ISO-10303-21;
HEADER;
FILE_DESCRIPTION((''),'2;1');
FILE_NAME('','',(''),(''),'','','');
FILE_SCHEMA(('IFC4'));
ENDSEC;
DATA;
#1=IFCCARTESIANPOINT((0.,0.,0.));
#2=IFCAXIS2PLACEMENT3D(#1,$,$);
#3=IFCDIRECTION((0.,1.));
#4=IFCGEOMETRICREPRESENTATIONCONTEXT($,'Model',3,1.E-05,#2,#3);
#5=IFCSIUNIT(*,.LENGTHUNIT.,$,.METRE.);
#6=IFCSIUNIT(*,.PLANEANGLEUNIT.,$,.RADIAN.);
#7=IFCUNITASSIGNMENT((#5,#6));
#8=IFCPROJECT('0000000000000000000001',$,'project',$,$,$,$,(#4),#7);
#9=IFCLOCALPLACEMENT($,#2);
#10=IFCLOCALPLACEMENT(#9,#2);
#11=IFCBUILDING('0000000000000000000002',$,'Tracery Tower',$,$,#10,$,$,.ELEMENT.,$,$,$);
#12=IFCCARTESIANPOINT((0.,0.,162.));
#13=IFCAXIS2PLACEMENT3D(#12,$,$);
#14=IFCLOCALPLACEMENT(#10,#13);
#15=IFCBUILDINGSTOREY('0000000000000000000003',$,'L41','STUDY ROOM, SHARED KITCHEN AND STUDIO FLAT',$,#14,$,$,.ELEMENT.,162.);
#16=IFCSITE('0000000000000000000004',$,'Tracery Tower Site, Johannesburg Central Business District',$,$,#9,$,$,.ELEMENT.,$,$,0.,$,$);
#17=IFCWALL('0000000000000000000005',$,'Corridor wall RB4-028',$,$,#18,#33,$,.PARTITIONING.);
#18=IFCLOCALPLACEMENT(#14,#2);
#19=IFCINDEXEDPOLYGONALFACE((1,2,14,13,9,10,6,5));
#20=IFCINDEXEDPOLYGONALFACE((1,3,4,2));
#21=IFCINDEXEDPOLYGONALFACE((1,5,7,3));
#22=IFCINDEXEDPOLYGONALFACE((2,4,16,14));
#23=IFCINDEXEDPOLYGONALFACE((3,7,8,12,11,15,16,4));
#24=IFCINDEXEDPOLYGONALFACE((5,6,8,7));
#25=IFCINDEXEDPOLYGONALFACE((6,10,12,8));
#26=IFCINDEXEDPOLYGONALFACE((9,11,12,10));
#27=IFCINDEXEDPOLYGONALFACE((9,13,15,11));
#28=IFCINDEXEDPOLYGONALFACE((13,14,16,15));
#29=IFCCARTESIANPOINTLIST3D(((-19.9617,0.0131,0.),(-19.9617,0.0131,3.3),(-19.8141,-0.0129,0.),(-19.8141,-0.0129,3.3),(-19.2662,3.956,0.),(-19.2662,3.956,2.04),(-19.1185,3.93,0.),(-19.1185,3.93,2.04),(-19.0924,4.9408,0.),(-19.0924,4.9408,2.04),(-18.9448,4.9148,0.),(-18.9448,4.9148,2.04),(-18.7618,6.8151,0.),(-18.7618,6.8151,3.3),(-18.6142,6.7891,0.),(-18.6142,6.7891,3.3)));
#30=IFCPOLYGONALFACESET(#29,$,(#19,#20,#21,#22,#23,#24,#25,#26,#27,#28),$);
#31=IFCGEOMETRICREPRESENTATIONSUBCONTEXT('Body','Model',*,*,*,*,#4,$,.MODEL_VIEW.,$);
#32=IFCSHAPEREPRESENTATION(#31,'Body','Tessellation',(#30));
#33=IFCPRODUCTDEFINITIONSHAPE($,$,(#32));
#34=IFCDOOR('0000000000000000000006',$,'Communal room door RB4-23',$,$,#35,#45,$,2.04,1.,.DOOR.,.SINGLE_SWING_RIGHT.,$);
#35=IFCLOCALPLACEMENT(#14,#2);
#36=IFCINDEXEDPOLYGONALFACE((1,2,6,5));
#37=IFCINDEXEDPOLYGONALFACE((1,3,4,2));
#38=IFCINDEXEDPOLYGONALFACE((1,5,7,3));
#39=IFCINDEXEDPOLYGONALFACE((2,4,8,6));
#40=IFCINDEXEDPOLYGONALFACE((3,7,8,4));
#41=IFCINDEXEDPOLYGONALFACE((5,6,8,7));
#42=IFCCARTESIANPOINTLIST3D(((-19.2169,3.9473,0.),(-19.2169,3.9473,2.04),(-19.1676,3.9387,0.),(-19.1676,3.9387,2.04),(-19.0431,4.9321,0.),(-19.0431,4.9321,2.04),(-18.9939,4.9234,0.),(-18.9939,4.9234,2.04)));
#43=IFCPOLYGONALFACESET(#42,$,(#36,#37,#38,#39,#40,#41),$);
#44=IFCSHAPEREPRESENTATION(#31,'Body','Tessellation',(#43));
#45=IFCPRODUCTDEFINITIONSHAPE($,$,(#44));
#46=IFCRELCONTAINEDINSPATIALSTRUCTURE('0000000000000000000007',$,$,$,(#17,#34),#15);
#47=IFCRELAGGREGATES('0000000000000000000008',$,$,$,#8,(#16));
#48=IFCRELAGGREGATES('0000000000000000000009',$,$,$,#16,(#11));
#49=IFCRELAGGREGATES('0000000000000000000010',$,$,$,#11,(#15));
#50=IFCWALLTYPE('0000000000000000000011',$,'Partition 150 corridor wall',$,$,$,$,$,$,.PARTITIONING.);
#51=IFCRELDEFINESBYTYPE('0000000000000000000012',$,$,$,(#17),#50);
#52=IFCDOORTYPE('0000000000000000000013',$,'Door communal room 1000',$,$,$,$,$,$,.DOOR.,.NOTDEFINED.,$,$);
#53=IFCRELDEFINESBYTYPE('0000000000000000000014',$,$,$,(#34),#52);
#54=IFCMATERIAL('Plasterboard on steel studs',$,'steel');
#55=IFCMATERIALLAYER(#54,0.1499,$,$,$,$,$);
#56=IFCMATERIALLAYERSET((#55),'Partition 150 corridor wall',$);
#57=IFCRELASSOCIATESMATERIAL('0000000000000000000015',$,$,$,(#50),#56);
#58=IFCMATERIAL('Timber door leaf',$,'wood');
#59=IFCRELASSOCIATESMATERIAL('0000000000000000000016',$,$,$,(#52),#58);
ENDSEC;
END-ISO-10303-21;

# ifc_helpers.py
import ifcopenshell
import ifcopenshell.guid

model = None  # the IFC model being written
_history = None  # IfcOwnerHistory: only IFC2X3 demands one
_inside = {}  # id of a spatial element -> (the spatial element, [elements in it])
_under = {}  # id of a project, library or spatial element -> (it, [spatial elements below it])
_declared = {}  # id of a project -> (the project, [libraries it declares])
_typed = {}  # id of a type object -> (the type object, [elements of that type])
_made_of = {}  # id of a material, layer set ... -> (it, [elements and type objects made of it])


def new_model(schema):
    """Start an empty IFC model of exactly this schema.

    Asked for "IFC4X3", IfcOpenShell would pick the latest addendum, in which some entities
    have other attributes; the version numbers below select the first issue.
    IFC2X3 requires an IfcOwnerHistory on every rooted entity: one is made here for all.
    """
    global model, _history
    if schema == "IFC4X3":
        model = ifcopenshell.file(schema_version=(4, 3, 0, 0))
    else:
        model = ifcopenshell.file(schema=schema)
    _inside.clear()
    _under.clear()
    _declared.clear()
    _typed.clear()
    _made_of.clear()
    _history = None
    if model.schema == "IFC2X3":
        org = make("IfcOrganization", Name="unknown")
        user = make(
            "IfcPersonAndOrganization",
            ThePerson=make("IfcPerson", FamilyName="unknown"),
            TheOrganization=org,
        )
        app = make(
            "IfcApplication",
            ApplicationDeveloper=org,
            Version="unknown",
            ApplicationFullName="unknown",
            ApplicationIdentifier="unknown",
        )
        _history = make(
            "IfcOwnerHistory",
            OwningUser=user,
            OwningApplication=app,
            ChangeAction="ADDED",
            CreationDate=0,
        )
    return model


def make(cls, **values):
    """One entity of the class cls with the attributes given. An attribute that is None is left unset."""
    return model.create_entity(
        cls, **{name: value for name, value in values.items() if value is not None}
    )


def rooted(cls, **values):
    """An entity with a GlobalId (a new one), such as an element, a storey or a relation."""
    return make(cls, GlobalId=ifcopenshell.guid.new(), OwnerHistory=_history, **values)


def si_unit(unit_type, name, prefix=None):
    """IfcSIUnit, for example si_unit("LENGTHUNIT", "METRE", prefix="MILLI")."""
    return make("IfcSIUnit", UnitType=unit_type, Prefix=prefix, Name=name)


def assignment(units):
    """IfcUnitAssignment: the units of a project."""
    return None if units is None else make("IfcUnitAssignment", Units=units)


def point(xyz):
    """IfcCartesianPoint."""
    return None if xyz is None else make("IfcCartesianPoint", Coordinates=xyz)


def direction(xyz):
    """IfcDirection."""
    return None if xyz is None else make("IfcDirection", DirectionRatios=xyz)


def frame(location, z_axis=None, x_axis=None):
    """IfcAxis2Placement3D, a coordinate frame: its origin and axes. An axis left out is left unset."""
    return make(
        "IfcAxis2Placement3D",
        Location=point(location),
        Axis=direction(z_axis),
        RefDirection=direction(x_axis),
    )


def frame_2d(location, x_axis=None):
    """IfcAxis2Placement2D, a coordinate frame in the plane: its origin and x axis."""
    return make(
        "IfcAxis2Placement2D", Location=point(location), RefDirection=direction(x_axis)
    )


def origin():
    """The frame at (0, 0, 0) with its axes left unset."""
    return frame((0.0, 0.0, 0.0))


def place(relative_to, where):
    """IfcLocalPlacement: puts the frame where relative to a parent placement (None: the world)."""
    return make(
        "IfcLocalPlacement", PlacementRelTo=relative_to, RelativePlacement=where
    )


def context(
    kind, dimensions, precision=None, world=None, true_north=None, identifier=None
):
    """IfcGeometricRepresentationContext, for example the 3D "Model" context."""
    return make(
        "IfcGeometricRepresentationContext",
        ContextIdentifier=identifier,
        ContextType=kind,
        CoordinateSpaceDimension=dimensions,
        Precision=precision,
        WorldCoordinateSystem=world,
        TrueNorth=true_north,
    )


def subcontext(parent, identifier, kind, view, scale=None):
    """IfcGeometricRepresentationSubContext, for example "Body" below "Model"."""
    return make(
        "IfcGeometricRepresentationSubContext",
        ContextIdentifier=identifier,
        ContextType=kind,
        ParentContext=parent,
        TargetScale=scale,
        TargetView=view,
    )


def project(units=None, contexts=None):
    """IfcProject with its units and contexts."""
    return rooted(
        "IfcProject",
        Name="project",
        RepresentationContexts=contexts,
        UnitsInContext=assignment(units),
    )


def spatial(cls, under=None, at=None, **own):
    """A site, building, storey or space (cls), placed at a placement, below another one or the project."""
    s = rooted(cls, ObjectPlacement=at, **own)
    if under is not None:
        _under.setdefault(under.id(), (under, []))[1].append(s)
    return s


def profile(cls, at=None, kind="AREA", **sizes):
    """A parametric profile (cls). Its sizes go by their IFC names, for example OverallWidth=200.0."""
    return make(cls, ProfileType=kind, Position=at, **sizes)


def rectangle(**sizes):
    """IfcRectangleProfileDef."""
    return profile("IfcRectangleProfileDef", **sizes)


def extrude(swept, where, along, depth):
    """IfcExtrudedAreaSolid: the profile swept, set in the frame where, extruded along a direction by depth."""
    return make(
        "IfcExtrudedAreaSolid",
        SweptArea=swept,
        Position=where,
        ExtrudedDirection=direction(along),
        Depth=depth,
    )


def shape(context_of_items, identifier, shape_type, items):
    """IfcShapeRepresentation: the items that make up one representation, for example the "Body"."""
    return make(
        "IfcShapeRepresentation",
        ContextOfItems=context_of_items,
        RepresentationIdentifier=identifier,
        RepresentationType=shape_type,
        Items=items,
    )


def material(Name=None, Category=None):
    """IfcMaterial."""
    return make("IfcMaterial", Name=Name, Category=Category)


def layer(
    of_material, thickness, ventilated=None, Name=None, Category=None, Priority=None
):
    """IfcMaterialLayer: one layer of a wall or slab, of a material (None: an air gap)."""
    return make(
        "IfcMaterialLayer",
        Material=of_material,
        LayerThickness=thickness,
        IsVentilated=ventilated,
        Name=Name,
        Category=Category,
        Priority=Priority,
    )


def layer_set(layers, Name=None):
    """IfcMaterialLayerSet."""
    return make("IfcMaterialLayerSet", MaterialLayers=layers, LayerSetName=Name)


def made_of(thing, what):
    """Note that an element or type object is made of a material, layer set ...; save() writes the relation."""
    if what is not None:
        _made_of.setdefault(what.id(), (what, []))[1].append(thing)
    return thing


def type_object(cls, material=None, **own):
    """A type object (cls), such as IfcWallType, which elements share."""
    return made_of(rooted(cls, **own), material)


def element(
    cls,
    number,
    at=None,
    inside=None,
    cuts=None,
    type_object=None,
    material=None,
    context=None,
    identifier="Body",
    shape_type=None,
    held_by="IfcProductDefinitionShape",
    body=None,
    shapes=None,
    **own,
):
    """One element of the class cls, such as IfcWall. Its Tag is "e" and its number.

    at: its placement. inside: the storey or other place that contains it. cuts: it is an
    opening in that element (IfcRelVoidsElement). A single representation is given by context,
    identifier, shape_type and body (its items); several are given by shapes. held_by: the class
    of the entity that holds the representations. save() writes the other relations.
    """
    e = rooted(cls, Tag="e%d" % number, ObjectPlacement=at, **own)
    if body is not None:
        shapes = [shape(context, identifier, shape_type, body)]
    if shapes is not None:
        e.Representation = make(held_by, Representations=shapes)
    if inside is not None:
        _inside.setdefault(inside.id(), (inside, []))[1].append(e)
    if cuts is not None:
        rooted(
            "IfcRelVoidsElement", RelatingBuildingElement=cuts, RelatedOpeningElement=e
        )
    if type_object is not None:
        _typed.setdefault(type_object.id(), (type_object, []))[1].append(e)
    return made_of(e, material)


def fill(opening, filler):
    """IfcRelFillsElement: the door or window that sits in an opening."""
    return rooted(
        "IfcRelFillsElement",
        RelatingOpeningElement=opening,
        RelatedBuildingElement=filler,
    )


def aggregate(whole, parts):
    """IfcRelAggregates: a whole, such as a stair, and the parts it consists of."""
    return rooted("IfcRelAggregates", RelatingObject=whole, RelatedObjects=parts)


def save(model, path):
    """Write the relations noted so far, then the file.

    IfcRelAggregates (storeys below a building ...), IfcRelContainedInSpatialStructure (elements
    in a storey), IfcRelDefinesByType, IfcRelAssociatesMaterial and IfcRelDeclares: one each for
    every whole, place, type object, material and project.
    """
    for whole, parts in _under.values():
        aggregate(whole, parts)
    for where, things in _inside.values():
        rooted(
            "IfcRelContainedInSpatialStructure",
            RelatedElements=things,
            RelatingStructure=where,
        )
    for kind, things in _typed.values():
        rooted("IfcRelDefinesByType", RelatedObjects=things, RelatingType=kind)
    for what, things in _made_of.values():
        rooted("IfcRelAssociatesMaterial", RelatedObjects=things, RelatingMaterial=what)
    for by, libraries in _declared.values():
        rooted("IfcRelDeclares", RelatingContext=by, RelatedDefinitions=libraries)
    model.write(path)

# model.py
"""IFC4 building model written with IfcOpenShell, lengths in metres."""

from ifc_helpers import new_model, si_unit, direction, frame, frame_2d, origin, place, context, subcontext, project, spatial, rectangle, extrude, material, layer, layer_set, type_object, element, fill, save


model = new_model("IFC4")

# Units and contexts
model_context = context("Model", 3, precision=1e-05, world=origin(), true_north=direction((0.0, 1.0)))
body_context = subcontext(model_context, "Body", "Model", "MODEL_VIEW")
ifc_project = project(units=[si_unit("LENGTHUNIT", "METRE"), si_unit("PLANEANGLEUNIT", "RADIAN")], contexts=[model_context])

# Site, building, storey
site_placement = place(None, origin())
site = spatial("IfcSite", under=ifc_project, at=site_placement, Name="Tracery Tower Site, Johannesburg Central Business District", CompositionType="ELEMENT", RefElevation=0.0)
building_placement = place(site_placement, origin())
building = spatial("IfcBuilding", under=site, at=building_placement, Name="Tracery Tower", CompositionType="ELEMENT")
storey_placement = place(building_placement, frame((0.0, 0.0, 162.0)))
storey = spatial("IfcBuildingStorey", under=building, at=storey_placement, Name="L41", Description="STUDY ROOM, SHARED KITCHEN AND STUDIO FLAT", CompositionType="ELEMENT", Elevation=162.0)

# Shared definitions
ifc_material_1 = material(Name="Plasterboard on steel studs", Category="steel")
ifc_layer_1 = layer(ifc_material_1, 0.1499)
ifc_layer_set_1 = layer_set([ifc_layer_1], Name="Partition 150 corridor wall")
wall_type_1 = type_object("IfcWallType", Name="Partition 150 corridor wall", PredefinedType="PARTITIONING", material=ifc_layer_set_1)

# Wall, opening, door
wall_1_placement = place(storey_placement, frame((-19.8879, 0.0, 0.0), z_axis=(0.0, 0.0, 1.0), x_axis=(0.173729, 0.984794, 0.0)))
wall_1 = element("IfcWall", 1, at=wall_1_placement, inside=storey, type_object=wall_type_1, Name="Corridor wall RB4-028", PredefinedType="PARTITIONING", context=body_context, shape_type="SweptSolid", body=[
    extrude(rectangle(XDim=6.907, YDim=0.1499, at=frame_2d((3.4536, 0.0))), origin(), (0.0, 0.0, 1.0), 3.3),
])
opening_1_placement = place(wall_1_placement, frame((4.0039, 0.0, 0.0)))
opening_1 = element("IfcOpeningElement", 2, at=opening_1_placement, cuts=wall_1, PredefinedType="OPENING", context=body_context, shape_type="SweptSolid", body=[
    extrude(rectangle(XDim=1.0, YDim=2.04, at=frame_2d((0.5, 1.02))), frame((0.0, 0.075, 0.0), z_axis=(0.0, -1.0, 0.0), x_axis=(1.0, 0.0, 0.0)), (0.0, 0.0, 1.0), 0.1499),
])
ifc_material_2 = material(Name="Timber door leaf", Category="wood")
door_type_1 = type_object("IfcDoorType", Name="Door communal room 1000", OperationType="NOTDEFINED", PredefinedType="DOOR", material=ifc_material_2)
door_1_placement = place(opening_1_placement, origin())
door_1 = element("IfcDoor", 3, at=door_1_placement, inside=storey, type_object=door_type_1, Name="Communal room door RB4-23", OperationType="SINGLE_SWING_RIGHT", OverallHeight=2.04, OverallWidth=1.0, PredefinedType="DOOR", context=body_context, shape_type="SweptSolid", body=[
    extrude(rectangle(XDim=1.0, YDim=2.04, at=frame_2d((0.5, 1.02))), frame((0.0, 0.0249, 0.0), z_axis=(0.0, -1.0, 0.0), x_axis=(1.0, 0.0, 0.0)), (0.0, 0.0, 1.0), 0.05),
])
fill(opening_1, door_1)

save(model, "model.ifc")
